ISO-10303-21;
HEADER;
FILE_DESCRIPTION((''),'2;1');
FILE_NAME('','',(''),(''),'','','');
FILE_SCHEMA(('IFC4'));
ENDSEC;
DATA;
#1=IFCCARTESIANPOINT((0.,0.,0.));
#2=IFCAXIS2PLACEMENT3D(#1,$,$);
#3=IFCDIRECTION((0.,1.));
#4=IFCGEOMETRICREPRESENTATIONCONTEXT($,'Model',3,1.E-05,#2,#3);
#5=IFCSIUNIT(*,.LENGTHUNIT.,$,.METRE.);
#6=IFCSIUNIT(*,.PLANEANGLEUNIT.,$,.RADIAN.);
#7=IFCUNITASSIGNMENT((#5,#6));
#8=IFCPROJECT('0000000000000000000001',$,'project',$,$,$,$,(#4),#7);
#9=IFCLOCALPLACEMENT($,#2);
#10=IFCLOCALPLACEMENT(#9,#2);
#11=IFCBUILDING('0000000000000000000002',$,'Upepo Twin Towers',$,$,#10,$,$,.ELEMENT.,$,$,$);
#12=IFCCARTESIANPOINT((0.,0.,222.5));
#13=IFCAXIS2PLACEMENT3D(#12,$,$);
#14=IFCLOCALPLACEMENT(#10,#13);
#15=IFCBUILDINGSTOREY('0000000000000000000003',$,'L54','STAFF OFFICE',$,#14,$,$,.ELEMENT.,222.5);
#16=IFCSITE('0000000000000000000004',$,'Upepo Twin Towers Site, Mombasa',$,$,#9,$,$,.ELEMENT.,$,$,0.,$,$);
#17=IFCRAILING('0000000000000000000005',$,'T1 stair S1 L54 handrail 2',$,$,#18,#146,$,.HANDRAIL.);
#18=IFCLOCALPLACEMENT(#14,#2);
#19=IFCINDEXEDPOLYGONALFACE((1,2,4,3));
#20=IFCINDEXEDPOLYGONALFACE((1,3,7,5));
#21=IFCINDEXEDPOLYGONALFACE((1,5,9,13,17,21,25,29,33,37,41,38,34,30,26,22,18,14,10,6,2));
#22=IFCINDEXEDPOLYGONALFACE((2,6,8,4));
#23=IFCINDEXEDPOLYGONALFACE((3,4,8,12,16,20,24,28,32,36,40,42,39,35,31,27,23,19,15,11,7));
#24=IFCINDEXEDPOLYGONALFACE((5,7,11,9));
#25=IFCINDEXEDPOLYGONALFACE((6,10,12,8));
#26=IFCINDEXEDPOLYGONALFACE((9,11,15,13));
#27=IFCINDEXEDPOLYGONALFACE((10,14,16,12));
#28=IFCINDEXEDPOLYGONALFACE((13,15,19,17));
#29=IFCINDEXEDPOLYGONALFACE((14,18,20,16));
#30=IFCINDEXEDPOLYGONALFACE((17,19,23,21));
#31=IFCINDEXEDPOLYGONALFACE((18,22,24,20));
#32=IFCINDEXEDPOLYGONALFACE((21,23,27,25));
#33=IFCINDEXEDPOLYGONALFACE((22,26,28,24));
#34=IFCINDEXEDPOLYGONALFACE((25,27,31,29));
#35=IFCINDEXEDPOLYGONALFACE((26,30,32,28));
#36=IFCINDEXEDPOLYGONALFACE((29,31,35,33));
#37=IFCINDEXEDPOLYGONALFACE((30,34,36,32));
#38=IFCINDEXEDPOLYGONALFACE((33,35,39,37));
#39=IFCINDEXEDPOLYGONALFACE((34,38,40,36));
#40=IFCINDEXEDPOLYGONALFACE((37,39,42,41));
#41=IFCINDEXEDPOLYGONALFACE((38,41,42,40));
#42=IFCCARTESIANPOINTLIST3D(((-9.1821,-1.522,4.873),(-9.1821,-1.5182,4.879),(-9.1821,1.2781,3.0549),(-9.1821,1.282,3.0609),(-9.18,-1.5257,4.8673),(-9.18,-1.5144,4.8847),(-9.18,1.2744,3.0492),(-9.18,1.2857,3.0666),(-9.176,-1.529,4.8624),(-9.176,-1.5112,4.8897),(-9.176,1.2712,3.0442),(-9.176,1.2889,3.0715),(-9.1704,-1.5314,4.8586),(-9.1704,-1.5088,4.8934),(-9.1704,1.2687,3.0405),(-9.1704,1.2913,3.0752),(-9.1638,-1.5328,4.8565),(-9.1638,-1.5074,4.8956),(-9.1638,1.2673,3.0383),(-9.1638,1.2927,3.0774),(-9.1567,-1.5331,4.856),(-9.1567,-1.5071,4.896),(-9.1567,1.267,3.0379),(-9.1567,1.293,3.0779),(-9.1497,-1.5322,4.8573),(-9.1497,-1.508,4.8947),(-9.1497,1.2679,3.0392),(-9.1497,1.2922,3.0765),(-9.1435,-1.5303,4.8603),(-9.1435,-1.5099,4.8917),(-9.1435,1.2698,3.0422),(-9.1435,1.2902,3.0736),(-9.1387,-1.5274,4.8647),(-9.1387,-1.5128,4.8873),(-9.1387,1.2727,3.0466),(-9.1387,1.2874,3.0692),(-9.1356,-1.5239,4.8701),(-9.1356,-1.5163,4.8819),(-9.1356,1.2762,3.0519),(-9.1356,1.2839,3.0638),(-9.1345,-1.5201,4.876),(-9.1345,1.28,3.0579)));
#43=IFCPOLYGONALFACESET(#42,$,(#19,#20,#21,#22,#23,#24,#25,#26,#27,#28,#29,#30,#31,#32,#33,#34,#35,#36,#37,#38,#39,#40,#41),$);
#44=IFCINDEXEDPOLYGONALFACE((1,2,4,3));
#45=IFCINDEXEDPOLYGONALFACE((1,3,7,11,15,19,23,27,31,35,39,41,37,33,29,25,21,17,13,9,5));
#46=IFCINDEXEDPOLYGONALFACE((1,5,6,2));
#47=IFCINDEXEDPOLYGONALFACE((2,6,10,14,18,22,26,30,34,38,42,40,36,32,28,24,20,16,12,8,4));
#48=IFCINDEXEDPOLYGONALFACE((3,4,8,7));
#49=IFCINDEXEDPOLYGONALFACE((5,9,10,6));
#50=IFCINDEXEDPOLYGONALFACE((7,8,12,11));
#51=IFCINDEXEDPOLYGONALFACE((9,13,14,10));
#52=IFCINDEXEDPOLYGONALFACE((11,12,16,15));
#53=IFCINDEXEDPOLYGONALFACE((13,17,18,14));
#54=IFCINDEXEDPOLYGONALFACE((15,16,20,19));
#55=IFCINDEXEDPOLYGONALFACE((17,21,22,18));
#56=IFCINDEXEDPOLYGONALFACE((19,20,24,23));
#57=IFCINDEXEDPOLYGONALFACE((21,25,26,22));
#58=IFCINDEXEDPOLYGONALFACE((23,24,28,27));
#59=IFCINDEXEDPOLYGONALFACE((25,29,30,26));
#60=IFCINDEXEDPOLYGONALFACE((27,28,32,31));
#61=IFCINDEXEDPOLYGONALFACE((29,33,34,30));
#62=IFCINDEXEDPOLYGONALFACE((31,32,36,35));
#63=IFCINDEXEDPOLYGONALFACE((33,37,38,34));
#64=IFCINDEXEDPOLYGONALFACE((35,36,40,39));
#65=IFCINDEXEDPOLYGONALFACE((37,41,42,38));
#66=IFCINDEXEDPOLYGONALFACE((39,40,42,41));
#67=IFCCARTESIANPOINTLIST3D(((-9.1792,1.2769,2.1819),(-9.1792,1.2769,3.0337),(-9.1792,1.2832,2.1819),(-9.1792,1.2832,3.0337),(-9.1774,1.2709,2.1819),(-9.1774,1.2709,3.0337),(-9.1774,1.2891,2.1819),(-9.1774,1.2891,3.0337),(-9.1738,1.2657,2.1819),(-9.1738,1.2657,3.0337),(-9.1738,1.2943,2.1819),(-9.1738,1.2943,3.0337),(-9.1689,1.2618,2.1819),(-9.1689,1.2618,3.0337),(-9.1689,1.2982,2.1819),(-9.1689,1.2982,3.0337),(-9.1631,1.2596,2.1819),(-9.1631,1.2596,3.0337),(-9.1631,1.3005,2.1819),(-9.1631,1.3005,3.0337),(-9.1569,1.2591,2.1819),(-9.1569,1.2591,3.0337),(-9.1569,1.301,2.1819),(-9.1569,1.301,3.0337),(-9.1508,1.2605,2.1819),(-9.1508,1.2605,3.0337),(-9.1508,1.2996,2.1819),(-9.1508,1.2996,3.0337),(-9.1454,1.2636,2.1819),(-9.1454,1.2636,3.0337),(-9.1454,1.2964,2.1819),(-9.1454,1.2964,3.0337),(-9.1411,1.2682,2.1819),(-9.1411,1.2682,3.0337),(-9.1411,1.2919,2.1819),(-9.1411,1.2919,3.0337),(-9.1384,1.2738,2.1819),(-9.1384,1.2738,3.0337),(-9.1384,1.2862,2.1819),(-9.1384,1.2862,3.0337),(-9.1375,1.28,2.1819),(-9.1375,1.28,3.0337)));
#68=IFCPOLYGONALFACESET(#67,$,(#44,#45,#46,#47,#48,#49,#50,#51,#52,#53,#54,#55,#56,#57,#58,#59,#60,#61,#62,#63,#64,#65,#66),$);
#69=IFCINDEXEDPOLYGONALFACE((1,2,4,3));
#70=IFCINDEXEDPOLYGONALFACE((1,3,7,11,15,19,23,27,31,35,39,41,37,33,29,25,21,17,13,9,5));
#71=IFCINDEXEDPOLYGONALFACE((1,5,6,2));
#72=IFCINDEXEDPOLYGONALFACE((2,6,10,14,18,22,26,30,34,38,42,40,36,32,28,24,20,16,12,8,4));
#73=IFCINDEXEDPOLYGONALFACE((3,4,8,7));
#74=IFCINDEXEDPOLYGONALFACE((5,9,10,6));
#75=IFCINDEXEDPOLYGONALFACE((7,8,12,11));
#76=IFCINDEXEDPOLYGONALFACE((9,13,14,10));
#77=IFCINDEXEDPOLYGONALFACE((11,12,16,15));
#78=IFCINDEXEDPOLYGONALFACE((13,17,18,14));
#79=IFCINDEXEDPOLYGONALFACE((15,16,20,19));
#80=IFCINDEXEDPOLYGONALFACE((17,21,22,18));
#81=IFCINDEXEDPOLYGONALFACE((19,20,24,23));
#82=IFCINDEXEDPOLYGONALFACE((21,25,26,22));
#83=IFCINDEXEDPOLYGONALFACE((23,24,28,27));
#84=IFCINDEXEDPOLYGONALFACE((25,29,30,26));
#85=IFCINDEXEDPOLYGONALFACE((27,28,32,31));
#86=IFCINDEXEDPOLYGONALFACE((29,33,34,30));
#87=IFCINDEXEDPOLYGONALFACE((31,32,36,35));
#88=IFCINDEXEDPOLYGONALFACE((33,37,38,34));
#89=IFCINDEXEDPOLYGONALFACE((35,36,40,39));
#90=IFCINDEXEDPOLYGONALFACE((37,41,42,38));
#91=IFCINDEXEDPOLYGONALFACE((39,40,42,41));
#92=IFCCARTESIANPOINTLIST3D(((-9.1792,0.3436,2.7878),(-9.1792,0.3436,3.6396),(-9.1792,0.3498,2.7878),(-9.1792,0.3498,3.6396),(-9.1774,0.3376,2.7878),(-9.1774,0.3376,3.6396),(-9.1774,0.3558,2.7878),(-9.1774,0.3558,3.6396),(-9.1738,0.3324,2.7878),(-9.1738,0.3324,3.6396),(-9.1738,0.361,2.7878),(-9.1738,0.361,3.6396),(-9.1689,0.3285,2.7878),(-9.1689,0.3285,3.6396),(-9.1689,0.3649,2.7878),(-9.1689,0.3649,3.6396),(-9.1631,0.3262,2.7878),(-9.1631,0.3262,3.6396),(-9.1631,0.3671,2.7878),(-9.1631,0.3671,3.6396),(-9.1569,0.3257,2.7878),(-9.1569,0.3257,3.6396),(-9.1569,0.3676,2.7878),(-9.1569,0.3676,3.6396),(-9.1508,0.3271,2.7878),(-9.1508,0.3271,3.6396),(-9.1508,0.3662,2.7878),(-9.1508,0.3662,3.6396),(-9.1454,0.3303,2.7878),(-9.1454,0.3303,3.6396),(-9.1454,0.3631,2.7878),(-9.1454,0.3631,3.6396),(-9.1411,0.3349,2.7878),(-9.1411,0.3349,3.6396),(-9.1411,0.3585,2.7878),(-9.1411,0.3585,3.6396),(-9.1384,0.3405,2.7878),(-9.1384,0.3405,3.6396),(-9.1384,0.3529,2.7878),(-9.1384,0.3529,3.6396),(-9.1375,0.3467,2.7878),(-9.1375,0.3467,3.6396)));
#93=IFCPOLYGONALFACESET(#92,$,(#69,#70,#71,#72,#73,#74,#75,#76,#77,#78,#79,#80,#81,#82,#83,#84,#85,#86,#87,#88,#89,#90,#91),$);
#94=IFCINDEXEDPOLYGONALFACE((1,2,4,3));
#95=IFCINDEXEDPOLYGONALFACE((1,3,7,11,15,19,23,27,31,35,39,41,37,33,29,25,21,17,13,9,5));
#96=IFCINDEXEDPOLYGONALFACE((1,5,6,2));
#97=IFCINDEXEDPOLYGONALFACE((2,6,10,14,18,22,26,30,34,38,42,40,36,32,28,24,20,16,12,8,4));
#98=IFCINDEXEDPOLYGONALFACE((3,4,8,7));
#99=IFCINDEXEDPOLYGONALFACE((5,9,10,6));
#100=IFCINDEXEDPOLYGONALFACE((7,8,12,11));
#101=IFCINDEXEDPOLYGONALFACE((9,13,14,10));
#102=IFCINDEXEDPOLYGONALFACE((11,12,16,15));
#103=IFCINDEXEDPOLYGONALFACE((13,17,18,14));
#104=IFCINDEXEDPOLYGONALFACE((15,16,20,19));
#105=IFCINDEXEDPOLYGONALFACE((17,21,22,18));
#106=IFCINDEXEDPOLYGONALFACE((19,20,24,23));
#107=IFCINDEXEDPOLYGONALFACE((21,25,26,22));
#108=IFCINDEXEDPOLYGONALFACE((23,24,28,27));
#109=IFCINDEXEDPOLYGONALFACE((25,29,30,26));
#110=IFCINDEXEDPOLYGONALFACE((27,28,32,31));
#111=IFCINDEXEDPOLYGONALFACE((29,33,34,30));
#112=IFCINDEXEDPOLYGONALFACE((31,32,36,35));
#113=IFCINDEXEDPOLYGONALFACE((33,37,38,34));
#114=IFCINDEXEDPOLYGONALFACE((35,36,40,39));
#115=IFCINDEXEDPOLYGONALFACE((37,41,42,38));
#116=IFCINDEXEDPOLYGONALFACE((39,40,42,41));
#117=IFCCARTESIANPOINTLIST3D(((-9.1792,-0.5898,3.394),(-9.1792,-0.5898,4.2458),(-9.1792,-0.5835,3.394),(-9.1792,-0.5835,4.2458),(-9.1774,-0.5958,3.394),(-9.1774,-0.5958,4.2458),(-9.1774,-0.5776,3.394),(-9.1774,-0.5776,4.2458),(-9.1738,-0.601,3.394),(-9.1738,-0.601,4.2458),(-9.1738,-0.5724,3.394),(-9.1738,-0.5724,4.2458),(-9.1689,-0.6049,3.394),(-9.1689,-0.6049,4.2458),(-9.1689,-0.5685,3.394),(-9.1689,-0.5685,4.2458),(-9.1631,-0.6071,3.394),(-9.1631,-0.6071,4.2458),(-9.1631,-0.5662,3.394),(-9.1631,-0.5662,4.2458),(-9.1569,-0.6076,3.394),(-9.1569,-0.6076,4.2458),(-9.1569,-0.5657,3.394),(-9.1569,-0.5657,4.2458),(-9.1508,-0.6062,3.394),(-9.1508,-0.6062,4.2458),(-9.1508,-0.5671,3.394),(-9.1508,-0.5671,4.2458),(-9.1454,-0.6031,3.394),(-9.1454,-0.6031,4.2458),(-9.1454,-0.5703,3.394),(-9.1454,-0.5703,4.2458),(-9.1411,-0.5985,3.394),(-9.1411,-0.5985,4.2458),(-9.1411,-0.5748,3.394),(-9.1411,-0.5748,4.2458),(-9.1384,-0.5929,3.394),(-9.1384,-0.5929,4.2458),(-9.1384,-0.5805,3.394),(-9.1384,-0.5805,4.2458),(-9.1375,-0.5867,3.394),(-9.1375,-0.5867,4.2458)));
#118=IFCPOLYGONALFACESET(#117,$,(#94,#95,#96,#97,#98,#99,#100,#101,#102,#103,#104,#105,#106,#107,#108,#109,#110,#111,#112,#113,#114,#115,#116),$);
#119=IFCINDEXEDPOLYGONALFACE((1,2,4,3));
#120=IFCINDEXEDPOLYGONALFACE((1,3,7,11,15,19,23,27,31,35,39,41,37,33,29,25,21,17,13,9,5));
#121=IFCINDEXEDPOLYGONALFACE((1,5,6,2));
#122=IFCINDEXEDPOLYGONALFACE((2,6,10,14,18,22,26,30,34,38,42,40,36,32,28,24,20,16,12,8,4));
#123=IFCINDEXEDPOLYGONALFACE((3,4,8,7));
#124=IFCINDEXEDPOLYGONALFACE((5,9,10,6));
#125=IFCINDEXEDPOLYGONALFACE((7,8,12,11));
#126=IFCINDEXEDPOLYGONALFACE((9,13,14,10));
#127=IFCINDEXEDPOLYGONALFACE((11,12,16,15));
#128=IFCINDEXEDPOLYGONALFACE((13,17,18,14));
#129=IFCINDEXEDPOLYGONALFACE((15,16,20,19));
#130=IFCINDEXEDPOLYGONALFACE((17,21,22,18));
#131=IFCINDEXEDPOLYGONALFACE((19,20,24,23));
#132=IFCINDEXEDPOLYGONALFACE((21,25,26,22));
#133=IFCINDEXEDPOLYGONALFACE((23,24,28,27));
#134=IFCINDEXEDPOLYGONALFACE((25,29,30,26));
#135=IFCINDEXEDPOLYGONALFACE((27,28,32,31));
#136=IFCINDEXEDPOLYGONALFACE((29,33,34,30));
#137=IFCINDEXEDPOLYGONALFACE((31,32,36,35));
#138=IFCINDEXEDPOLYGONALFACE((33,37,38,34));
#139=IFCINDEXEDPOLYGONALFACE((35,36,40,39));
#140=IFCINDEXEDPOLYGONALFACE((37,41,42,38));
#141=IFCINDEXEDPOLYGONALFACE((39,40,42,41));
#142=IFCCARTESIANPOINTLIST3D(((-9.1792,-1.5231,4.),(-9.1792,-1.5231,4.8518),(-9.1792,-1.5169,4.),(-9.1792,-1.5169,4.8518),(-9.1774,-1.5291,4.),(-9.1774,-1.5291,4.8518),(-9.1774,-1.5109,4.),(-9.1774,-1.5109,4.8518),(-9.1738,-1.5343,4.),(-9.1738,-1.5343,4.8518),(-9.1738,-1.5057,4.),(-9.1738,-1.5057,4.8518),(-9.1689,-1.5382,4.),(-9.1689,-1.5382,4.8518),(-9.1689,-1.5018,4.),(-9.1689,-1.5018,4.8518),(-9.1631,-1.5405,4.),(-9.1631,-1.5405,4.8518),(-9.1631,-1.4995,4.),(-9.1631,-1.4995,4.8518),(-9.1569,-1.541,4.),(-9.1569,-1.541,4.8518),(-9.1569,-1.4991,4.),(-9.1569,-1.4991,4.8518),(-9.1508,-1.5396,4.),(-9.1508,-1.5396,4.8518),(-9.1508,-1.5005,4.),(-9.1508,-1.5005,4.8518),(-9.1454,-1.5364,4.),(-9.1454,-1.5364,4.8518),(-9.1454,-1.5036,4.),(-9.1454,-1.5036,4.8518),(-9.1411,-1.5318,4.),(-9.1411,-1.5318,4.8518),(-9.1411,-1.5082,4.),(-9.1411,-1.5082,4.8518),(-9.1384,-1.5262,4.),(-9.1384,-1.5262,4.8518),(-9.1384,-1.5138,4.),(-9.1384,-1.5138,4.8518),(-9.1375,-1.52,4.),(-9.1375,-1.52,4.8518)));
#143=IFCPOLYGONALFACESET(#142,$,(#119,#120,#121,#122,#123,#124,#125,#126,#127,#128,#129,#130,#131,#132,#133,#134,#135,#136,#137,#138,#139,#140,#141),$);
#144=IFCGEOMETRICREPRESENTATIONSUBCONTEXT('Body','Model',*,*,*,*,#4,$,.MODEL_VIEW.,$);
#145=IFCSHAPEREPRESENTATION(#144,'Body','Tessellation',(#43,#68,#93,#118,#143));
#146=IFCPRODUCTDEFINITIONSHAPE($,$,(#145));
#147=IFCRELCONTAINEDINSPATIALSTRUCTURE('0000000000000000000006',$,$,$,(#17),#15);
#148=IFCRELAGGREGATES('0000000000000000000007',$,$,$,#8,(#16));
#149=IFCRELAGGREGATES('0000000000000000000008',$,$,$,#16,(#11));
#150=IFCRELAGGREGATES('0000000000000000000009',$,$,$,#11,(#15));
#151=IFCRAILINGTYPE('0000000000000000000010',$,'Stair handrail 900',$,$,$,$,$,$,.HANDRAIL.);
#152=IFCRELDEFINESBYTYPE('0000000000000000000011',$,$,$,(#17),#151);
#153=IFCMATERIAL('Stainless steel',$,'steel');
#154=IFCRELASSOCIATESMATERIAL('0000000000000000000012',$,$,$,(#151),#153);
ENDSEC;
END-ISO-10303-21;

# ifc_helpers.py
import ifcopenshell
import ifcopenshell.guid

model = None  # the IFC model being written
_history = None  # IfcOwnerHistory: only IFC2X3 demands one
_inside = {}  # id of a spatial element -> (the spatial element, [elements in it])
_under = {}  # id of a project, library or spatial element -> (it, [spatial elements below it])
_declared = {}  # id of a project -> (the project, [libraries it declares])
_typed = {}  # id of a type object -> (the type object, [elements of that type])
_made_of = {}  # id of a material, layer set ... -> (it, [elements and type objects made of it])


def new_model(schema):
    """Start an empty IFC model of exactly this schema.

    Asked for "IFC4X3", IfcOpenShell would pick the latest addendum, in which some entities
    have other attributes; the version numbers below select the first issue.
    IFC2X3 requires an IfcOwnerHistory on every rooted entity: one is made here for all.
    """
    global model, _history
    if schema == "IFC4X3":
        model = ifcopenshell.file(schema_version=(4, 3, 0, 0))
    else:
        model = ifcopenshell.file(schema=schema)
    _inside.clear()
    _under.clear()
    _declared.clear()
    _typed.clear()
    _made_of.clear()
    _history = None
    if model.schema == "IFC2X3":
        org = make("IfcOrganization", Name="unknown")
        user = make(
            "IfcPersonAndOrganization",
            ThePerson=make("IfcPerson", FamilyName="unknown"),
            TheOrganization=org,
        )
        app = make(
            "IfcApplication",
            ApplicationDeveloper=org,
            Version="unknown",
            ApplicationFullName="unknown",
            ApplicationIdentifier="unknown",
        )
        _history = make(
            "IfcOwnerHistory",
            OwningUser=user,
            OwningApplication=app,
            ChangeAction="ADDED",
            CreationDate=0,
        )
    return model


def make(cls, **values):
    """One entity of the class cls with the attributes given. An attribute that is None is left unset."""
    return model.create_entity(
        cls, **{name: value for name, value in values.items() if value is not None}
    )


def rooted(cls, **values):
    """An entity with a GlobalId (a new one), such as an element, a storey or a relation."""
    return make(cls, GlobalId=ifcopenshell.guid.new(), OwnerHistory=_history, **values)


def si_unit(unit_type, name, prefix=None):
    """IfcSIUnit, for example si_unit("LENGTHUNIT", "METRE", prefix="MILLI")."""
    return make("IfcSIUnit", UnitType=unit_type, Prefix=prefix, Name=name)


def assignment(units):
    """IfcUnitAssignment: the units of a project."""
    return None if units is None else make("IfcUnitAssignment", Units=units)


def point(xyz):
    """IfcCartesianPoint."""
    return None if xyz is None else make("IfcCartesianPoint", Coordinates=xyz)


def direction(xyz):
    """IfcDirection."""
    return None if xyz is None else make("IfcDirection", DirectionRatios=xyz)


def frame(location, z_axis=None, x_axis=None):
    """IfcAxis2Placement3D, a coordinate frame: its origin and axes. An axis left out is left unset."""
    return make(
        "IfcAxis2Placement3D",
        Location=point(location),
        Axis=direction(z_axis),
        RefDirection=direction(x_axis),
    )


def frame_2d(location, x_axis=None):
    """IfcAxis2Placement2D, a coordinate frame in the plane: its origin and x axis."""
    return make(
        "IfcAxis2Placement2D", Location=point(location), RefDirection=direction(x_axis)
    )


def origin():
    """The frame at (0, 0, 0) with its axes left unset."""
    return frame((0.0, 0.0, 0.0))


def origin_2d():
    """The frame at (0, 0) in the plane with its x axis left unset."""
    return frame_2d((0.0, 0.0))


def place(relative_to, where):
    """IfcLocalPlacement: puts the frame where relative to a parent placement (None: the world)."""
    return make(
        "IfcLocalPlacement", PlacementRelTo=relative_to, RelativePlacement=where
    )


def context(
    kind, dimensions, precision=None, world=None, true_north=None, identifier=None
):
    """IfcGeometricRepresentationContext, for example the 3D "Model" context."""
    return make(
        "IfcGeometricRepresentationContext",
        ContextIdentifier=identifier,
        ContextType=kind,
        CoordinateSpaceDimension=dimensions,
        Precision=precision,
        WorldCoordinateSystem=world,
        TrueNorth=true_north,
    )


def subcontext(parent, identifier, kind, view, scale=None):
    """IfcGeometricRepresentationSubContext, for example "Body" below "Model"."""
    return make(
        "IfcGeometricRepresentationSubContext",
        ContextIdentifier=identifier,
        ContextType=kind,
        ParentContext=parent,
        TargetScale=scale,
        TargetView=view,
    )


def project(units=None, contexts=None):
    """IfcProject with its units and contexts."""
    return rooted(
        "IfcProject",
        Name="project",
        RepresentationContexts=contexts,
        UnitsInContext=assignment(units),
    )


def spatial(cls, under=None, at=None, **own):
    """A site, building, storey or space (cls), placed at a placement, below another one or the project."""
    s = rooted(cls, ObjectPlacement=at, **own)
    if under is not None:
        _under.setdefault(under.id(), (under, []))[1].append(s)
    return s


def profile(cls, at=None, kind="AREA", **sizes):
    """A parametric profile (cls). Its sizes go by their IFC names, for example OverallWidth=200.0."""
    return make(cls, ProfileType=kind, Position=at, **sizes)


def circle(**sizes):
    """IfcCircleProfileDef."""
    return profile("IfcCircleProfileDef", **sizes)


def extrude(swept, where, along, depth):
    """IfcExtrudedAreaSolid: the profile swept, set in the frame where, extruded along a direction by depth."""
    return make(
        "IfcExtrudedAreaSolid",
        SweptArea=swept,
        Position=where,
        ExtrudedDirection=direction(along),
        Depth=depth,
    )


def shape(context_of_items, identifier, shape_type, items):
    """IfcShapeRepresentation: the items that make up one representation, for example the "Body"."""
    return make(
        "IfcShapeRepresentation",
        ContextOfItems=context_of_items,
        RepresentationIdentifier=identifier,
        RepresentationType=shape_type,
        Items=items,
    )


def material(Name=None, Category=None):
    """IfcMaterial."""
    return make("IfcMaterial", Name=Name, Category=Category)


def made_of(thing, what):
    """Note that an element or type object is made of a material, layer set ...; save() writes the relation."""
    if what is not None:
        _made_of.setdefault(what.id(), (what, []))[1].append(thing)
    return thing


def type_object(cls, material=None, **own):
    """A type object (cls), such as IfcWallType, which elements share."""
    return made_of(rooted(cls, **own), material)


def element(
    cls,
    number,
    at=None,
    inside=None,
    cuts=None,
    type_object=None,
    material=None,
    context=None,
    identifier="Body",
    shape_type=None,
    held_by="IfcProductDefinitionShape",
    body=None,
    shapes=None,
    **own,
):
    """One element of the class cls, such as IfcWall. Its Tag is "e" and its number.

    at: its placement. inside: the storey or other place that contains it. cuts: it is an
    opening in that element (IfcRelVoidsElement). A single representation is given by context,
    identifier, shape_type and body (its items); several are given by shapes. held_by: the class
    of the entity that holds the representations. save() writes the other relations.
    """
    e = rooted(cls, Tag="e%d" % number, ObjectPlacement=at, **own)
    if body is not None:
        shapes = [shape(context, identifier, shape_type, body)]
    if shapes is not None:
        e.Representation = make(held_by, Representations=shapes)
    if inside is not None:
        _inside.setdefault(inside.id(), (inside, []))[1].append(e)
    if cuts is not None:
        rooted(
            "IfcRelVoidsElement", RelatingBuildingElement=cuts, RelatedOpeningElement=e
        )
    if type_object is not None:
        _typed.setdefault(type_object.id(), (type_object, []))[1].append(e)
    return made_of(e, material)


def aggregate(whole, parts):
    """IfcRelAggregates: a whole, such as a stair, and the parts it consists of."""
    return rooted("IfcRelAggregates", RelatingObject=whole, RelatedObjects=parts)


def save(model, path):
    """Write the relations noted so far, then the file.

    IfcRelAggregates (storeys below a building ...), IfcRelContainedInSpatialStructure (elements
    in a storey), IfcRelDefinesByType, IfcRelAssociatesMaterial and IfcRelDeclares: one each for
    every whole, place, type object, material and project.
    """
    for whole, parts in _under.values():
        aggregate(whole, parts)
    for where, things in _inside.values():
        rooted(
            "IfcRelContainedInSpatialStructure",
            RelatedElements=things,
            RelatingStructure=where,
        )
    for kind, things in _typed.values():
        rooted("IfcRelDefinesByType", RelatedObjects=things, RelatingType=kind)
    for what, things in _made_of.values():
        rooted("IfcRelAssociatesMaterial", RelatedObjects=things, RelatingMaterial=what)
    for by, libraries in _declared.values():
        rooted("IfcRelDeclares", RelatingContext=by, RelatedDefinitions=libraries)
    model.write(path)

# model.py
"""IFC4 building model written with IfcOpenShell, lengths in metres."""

from ifc_helpers import new_model, si_unit, direction, frame, origin, origin_2d, place, context, subcontext, project, spatial, circle, extrude, material, type_object, element, save


model = new_model("IFC4")

# Units and contexts
model_context = context("Model", 3, precision=1e-05, world=origin(), true_north=direction((0.0, 1.0)))
body_context = subcontext(model_context, "Body", "Model", "MODEL_VIEW")
ifc_project = project(units=[si_unit("LENGTHUNIT", "METRE"), si_unit("PLANEANGLEUNIT", "RADIAN")], contexts=[model_context])

# Site, building, storey
site_placement = place(None, origin())
site = spatial("IfcSite", under=ifc_project, at=site_placement, Name="Upepo Twin Towers Site, Mombasa", CompositionType="ELEMENT", RefElevation=0.0)
building_placement = place(site_placement, origin())
building = spatial("IfcBuilding", under=site, at=building_placement, Name="Upepo Twin Towers", CompositionType="ELEMENT")
storey_placement = place(building_placement, frame((0.0, 0.0, 222.5)))
storey = spatial("IfcBuildingStorey", under=building, at=storey_placement, Name="L54", Description="STAFF OFFICE", CompositionType="ELEMENT", Elevation=222.5)

# Railing
ifc_material_1 = material(Name="Stainless steel", Category="steel")
railing_type = type_object("IfcRailingType", Name="Stair handrail 900", PredefinedType="HANDRAIL", material=ifc_material_1)
railing_placement = place(storey_placement, frame((-9.1584, 1.28, 2.1819)))
element("IfcRailing", 1, at=railing_placement, inside=storey, type_object=railing_type, Name="T1 stair S1 L54 handrail 2", PredefinedType="HANDRAIL", context=body_context, shape_type="SweptSolid", body=[
    extrude(circle(Radius=0.0239, at=origin_2d()), frame((0.0, 0.0, 0.876), z_axis=(0.0, -0.838706, 0.544585), x_axis=(1.0, 0.0, 0.0)), (0.0, 0.0, 1.0), 3.3386),
    extrude(circle(Radius=0.021, at=origin_2d()), origin(), (0.0, 0.0, 1.0), 0.8518),
    extrude(circle(Radius=0.021, at=origin_2d()), frame((0.0, -0.9333, 0.606)), (0.0, 0.0, 1.0), 0.8518),
    extrude(circle(Radius=0.021, at=origin_2d()), frame((0.0, -1.8667, 1.2122)), (0.0, 0.0, 1.0), 0.8518),
    extrude(circle(Radius=0.021, at=origin_2d()), frame((0.0, -2.8, 1.8181)), (0.0, 0.0, 1.0), 0.8518),
])

save(model, "model.ifc")
